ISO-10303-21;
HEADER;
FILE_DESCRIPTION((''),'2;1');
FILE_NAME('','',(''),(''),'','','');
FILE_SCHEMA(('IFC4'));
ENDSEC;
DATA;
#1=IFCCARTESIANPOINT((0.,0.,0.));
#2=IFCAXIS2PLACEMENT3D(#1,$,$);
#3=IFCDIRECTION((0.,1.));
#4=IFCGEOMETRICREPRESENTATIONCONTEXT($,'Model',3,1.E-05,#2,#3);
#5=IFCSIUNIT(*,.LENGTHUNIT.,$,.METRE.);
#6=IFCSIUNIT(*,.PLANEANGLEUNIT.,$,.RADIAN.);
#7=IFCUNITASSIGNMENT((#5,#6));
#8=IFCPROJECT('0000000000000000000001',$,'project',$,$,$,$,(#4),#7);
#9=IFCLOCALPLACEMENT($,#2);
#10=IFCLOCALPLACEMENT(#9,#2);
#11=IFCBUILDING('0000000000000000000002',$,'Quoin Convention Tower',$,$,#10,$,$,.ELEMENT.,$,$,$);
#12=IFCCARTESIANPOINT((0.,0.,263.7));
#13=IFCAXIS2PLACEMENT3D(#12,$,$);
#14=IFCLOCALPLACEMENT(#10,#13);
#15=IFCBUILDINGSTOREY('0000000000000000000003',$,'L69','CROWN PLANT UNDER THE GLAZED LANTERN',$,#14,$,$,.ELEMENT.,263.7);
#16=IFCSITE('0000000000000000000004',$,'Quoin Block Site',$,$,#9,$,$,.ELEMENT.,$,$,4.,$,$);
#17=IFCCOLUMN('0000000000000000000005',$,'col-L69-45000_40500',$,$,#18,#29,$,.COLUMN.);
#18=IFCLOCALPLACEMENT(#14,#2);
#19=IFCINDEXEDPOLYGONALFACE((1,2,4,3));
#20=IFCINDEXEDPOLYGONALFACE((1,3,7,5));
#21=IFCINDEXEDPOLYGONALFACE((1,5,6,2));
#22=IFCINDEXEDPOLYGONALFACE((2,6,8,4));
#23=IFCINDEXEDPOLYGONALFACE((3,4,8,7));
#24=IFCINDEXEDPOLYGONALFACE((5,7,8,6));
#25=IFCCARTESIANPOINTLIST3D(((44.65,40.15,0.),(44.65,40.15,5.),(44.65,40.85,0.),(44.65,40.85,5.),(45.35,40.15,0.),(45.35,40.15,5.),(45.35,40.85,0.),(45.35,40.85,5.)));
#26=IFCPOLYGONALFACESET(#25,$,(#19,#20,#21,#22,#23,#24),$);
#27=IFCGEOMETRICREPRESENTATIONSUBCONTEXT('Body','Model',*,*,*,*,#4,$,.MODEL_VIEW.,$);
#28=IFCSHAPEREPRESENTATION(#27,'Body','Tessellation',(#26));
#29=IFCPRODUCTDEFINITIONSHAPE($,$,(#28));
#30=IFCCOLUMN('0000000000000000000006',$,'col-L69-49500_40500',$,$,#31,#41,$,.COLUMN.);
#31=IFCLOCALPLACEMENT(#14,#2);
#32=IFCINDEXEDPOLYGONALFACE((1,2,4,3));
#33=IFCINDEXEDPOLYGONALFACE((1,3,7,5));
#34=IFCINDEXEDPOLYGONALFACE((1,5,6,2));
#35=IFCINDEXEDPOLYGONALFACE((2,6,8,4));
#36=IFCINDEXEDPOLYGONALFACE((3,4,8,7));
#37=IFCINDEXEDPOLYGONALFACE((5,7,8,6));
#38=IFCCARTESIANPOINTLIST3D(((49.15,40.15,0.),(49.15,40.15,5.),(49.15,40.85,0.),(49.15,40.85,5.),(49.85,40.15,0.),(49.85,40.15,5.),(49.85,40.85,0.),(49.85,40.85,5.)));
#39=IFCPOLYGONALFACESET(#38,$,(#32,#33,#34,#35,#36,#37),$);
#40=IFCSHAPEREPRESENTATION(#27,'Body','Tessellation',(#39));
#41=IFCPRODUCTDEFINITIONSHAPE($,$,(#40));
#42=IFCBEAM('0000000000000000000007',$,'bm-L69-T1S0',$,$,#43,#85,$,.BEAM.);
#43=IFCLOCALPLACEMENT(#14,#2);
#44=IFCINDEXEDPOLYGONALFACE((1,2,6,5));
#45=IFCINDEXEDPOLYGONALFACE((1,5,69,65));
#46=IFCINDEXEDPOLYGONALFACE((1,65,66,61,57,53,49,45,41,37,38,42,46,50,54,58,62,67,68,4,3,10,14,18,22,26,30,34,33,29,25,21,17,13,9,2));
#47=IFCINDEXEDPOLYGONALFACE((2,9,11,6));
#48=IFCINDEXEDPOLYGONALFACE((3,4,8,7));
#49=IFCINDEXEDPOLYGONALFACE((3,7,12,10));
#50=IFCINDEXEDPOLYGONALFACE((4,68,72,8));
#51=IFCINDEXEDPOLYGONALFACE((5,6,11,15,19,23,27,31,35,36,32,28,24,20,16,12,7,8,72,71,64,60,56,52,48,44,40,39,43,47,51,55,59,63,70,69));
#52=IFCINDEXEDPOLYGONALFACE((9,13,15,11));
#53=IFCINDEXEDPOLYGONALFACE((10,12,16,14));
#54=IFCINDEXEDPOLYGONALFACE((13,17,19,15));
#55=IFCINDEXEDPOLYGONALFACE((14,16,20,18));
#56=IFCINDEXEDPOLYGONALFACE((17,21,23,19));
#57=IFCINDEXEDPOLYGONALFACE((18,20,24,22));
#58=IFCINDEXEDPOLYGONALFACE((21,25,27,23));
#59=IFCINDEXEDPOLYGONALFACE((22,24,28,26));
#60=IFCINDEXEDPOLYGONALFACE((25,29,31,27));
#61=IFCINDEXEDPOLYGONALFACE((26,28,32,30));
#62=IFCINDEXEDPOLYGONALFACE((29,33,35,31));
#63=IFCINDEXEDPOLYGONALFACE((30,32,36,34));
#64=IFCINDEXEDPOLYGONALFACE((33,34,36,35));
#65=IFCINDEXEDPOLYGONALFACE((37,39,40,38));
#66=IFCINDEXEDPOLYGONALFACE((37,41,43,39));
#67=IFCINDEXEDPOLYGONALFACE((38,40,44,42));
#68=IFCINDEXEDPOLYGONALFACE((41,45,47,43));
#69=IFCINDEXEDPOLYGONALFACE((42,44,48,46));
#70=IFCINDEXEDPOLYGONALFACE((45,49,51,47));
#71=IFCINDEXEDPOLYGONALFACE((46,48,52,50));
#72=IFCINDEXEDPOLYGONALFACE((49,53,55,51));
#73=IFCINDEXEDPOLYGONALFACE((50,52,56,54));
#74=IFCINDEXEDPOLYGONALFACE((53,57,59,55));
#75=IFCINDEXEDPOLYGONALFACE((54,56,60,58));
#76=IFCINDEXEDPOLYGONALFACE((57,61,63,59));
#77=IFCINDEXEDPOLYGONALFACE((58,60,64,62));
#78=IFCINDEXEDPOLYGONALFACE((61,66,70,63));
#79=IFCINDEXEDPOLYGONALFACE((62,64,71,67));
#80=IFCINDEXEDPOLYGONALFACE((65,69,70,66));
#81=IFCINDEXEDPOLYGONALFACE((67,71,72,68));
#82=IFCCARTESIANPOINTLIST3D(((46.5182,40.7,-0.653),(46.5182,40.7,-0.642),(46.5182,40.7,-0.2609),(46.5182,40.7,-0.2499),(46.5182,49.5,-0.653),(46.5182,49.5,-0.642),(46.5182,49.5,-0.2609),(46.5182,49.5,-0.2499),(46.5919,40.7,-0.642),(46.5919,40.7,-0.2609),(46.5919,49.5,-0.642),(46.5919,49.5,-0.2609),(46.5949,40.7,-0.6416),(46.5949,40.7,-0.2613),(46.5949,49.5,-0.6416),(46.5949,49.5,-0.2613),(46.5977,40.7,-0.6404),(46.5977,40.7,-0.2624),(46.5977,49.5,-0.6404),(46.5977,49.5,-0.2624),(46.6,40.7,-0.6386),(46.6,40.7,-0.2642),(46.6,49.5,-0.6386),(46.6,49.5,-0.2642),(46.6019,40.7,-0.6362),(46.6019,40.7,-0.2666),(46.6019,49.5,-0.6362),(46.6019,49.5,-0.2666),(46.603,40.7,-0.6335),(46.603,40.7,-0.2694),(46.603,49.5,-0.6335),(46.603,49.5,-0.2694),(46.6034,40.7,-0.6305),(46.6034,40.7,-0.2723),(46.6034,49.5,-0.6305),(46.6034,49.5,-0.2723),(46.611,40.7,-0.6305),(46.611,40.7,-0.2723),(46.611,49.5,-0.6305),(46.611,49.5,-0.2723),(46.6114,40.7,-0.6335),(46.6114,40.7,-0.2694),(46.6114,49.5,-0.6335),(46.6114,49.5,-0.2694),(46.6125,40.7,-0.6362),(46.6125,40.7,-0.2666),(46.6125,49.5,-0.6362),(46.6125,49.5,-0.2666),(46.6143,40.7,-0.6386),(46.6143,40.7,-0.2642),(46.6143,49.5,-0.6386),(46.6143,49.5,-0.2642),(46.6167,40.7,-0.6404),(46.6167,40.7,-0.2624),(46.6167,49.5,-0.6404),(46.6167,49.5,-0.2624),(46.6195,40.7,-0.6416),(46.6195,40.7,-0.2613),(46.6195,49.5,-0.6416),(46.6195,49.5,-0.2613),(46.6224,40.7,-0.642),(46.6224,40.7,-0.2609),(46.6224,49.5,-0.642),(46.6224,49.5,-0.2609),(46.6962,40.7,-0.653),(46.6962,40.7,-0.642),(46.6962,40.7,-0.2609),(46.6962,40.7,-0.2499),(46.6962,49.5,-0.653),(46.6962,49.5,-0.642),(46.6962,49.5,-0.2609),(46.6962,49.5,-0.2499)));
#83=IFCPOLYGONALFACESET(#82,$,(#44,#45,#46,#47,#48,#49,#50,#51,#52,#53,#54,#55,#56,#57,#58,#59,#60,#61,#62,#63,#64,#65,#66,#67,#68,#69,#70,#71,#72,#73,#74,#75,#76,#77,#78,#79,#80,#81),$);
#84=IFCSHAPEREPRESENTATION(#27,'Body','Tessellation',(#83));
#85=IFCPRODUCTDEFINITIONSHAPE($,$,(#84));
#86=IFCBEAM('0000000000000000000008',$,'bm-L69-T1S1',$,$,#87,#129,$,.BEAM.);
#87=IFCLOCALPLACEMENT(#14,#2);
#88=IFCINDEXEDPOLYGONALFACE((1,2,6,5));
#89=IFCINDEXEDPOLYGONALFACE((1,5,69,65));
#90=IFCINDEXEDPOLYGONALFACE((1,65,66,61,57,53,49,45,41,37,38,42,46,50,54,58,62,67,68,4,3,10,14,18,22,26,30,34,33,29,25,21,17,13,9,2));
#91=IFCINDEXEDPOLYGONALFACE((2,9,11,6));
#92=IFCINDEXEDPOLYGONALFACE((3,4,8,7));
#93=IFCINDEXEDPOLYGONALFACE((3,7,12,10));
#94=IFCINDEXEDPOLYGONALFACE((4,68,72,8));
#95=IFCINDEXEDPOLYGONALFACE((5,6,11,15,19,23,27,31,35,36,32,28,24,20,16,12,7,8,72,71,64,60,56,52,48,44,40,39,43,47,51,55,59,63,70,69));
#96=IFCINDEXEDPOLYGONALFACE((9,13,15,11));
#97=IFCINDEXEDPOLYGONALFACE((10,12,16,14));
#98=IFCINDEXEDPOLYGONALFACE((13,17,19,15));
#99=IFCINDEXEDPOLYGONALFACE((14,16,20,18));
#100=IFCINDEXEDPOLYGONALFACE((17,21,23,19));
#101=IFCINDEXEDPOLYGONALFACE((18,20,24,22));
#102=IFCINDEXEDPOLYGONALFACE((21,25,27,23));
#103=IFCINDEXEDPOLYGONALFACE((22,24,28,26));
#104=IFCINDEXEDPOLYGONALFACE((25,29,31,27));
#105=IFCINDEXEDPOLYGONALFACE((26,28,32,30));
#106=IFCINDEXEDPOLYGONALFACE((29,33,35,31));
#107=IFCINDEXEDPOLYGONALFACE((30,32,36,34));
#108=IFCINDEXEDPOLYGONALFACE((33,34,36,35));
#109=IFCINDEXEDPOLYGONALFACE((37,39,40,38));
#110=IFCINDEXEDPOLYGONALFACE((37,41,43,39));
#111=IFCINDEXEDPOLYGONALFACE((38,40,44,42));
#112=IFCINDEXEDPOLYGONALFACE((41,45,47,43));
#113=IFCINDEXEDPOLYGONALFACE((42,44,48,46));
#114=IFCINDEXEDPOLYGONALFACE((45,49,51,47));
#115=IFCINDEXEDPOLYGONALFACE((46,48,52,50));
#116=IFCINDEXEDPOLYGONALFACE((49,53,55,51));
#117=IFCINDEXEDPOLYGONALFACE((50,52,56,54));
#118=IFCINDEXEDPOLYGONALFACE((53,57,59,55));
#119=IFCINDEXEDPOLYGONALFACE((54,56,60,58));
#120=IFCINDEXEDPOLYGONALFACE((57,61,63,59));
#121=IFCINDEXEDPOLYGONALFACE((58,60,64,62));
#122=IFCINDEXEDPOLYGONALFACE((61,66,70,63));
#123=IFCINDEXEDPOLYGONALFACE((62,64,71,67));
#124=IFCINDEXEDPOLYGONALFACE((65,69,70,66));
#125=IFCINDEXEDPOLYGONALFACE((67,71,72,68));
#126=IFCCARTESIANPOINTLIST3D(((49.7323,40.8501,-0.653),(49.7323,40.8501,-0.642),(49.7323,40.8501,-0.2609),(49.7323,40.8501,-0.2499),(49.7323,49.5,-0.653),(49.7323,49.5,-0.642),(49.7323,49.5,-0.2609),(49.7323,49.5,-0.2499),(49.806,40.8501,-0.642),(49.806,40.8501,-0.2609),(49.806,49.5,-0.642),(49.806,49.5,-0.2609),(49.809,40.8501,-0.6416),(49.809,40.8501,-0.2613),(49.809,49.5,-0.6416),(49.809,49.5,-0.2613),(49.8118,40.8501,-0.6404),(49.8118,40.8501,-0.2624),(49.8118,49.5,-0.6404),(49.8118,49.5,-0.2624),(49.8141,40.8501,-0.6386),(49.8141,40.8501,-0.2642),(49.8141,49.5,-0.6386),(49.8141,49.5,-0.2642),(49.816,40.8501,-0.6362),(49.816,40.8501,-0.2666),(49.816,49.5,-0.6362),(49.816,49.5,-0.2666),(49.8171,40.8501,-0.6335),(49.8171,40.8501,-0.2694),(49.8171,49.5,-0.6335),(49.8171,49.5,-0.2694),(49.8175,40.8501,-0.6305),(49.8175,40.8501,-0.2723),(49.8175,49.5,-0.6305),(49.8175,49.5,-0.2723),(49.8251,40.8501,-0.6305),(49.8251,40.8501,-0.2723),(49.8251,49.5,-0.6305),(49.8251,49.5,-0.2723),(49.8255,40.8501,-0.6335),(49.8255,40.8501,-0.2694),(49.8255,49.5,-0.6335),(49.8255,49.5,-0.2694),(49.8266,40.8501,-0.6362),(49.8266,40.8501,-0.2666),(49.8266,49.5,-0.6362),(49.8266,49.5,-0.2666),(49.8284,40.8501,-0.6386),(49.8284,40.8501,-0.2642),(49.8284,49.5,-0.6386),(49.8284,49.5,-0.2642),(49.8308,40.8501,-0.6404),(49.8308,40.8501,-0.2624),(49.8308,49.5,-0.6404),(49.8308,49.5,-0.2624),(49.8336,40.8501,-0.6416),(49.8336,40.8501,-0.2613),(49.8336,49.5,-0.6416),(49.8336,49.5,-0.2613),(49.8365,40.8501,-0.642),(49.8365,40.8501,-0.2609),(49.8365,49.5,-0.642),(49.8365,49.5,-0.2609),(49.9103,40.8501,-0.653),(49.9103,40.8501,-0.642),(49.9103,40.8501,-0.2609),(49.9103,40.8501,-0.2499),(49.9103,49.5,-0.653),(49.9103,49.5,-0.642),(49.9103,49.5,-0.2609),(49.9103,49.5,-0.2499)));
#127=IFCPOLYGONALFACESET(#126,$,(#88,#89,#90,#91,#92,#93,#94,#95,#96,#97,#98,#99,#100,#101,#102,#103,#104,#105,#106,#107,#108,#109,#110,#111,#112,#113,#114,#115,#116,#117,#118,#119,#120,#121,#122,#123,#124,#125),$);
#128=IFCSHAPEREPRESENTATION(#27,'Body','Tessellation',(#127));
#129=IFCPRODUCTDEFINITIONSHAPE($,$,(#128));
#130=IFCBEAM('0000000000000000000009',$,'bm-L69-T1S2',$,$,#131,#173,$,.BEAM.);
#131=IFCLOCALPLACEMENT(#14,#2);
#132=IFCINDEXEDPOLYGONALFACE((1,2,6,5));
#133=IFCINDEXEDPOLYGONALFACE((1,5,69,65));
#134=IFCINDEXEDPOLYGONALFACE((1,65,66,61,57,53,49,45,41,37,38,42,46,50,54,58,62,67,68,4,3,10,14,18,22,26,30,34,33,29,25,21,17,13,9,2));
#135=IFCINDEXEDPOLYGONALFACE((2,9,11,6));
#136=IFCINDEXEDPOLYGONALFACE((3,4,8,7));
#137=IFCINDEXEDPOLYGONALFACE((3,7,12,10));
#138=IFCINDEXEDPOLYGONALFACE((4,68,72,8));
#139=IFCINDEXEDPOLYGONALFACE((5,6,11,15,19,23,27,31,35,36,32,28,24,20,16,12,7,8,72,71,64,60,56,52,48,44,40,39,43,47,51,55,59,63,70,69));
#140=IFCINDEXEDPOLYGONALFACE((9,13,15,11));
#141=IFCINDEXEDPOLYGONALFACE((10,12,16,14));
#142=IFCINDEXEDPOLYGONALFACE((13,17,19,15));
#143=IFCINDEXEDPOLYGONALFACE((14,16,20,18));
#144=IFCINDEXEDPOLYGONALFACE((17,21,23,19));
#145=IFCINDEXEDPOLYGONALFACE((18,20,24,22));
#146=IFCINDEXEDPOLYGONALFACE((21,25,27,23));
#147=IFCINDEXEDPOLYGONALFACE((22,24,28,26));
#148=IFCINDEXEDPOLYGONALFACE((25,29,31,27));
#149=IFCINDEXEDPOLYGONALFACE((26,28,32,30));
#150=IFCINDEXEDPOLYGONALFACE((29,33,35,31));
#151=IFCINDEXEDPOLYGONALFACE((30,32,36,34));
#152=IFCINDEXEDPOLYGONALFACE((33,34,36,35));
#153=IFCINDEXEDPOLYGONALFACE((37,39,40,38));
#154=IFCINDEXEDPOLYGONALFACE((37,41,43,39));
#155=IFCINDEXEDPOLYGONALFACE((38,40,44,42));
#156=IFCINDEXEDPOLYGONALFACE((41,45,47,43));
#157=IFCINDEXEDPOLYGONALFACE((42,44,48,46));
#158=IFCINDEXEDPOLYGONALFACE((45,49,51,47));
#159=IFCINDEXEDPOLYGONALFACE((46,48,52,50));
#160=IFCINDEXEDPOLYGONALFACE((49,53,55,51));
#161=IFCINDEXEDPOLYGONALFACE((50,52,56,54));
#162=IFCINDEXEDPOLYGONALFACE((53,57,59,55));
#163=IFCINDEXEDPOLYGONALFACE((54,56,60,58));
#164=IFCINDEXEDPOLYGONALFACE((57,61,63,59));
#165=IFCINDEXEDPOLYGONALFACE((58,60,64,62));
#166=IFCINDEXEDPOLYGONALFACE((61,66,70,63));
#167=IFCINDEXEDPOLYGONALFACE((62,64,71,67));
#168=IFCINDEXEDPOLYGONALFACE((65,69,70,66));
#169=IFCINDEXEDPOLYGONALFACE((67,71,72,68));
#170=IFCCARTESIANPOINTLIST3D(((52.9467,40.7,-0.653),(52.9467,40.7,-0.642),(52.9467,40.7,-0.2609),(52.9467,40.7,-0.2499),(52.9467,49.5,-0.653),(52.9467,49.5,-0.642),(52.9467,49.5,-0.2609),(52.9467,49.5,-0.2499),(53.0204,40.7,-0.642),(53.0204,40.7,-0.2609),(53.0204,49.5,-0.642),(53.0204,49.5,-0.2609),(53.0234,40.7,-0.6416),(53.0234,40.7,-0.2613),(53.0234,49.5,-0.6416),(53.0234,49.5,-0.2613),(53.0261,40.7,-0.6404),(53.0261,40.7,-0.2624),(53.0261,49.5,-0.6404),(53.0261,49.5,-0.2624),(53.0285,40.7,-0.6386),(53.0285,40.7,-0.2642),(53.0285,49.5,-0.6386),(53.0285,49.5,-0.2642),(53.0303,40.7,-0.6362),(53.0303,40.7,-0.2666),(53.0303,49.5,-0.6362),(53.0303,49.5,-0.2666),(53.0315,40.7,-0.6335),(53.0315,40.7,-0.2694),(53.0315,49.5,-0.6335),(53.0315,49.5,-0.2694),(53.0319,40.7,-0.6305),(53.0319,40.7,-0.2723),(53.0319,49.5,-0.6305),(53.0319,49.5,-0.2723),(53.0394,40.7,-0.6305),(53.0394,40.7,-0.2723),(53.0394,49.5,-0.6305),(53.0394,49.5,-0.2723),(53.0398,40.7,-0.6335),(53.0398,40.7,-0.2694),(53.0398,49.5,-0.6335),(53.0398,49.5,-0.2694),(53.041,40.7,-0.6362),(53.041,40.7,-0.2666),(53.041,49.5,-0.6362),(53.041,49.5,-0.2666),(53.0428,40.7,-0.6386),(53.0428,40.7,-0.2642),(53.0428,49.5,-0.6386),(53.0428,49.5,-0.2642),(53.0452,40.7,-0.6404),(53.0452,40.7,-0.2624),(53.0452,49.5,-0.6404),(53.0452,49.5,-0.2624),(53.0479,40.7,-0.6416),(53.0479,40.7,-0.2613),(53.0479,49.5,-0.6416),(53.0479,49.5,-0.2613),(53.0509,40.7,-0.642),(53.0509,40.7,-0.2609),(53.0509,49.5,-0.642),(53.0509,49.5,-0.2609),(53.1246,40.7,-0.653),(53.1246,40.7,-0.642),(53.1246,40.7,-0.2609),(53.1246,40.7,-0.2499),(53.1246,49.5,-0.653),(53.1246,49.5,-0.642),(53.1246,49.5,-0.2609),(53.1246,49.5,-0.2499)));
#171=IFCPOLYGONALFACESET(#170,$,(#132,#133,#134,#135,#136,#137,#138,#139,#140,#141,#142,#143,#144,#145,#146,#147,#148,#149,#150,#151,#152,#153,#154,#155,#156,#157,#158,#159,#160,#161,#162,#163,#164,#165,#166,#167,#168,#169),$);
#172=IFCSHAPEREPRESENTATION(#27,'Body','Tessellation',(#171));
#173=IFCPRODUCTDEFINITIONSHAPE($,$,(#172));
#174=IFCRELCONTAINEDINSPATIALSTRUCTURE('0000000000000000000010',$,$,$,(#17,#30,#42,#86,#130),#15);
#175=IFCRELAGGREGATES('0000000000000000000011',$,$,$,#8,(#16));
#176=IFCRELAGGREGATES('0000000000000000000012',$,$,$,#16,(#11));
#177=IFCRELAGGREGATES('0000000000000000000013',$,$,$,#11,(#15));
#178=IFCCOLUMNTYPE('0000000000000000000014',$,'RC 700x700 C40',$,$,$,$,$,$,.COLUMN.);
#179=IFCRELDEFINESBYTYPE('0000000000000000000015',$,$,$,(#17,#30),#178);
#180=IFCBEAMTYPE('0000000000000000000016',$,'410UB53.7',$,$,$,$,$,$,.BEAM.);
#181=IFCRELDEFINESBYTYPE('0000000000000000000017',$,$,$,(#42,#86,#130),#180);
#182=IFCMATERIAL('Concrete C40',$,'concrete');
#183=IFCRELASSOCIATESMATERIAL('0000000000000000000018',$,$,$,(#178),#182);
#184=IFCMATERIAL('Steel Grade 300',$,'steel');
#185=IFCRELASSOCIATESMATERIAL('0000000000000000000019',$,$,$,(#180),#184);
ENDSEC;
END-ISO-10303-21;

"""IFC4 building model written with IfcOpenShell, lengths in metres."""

from ifc_helpers import new_model, si_unit, direction, frame, origin, origin_2d, place, context, subcontext, project, spatial, rectangle, i_section, extrude, material, material_profile, profile_set, type_object, element, save


model = new_model("IFC4")

# Units and contexts
model_context = context("Model", 3, precision=1e-05, world=origin(), true_north=direction((0.0, 1.0)))
body_context = subcontext(model_context, "Body", "Model", "MODEL_VIEW")
ifc_project = project(units=[si_unit("LENGTHUNIT", "METRE"), si_unit("PLANEANGLEUNIT", "RADIAN")], contexts=[model_context])

# Site, building, storey
site_placement = place(None, origin())
site = spatial("IfcSite", under=ifc_project, at=site_placement, Name="Quoin Block Site", CompositionType="ELEMENT", RefElevation=4.0)
building_placement = place(site_placement, origin())
building = spatial("IfcBuilding", under=site, at=building_placement, Name="Quoin Convention Tower", CompositionType="ELEMENT")
storey_placement = place(building_placement, frame((0.0, 0.0, 263.7)))
storey = spatial("IfcBuildingStorey", under=building, at=storey_placement, Name="L69", Description="CROWN PLANT UNDER THE GLAZED LANTERN", CompositionType="ELEMENT", Elevation=263.7)

# Columns
ifc_material_1 = material(Name="Concrete C40", Category="concrete")
ifc_material_profile_1 = material_profile(ifc_material_1, rectangle(XDim=0.7, YDim=0.7, at=origin_2d()), Name="RC 700x700")
ifc_profile_set_1 = profile_set([ifc_material_profile_1], Name="Concrete C40")
column_type = type_object("IfcColumnType", Name="RC 700x700 C40", PredefinedType="COLUMN", material=ifc_profile_set_1)
for number, where, z_axis, x_axis, name in (
    (1, (45.0, 40.5, 0.0), (0.0, 0.0, 1.0), (1.0, 0.0, 0.0), "col-L69-45000_40500"),
    (2, (49.5, 40.5, 0.0), (0.0, 0.0, 1.0), (1.0, 0.0, 0.0), "col-L69-49500_40500"),
):
    element("IfcColumn", number, at=place(storey_placement, frame(where, z_axis=z_axis, x_axis=x_axis)), inside=storey, type_object=column_type, Name=name, PredefinedType="COLUMN", context=body_context, shape_type="SweptSolid", body=[
        extrude(rectangle(XDim=0.7, YDim=0.7, at=origin_2d()), origin(), (0.0, 0.0, 1.0), 5.0),
    ])

# Beams
ifc_material_2 = material(Name="Steel Grade 300", Category="steel")
ifc_material_profile_2 = material_profile(ifc_material_2, i_section(OverallWidth=0.178, OverallDepth=0.4031, WebThickness=0.0076, FlangeThickness=0.011, FilletRadius=0.0115, at=origin_2d()), Name="410UB53.7")
ifc_profile_set_2 = profile_set([ifc_material_profile_2], Name="Steel Grade 300")
beam_type_1 = type_object("IfcBeamType", Name="410UB53.7", PredefinedType="BEAM", material=ifc_profile_set_2)
beam_1_placement = place(storey_placement, frame((46.6072, 40.7, -0.4514), z_axis=(0.0, 1.0, 0.0), x_axis=(-1.0, 0.0, 0.0)))
element("IfcBeam", 3, at=beam_1_placement, inside=storey, type_object=beam_type_1, Name="bm-L69-T1S0", PredefinedType="BEAM", context=body_context, shape_type="SweptSolid", body=[
    extrude(i_section(OverallWidth=0.178, OverallDepth=0.4031, WebThickness=0.0076, FlangeThickness=0.011, FilletRadius=0.0115, at=origin_2d()), origin(), (0.0, 0.0, 1.0), 8.8),
])
beam_2_placement = place(storey_placement, frame((49.8213, 40.8501, -0.4514), z_axis=(0.0, 1.0, 0.0), x_axis=(-1.0, 0.0, 0.0)))
element("IfcBeam", 4, at=beam_2_placement, inside=storey, type_object=beam_type_1, Name="bm-L69-T1S1", PredefinedType="BEAM", context=body_context, shape_type="SweptSolid", body=[
    extrude(i_section(OverallWidth=0.178, OverallDepth=0.4031, WebThickness=0.0076, FlangeThickness=0.011, FilletRadius=0.0115, at=origin_2d()), origin(), (0.0, 0.0, 1.0), 8.6499),
])
beam_3_placement = place(storey_placement, frame((53.0356, 40.7, -0.4514), z_axis=(0.0, 1.0, 0.0), x_axis=(-1.0, 0.0, 0.0)))
element("IfcBeam", 5, at=beam_3_placement, inside=storey, type_object=beam_type_1, Name="bm-L69-T1S2", PredefinedType="BEAM", context=body_context, shape_type="SweptSolid", body=[
    extrude(i_section(OverallWidth=0.178, OverallDepth=0.4031, WebThickness=0.0076, FlangeThickness=0.011, FilletRadius=0.0115, at=origin_2d()), origin(), (0.0, 0.0, 1.0), 8.8),
])

save(model, "model.ifc")
